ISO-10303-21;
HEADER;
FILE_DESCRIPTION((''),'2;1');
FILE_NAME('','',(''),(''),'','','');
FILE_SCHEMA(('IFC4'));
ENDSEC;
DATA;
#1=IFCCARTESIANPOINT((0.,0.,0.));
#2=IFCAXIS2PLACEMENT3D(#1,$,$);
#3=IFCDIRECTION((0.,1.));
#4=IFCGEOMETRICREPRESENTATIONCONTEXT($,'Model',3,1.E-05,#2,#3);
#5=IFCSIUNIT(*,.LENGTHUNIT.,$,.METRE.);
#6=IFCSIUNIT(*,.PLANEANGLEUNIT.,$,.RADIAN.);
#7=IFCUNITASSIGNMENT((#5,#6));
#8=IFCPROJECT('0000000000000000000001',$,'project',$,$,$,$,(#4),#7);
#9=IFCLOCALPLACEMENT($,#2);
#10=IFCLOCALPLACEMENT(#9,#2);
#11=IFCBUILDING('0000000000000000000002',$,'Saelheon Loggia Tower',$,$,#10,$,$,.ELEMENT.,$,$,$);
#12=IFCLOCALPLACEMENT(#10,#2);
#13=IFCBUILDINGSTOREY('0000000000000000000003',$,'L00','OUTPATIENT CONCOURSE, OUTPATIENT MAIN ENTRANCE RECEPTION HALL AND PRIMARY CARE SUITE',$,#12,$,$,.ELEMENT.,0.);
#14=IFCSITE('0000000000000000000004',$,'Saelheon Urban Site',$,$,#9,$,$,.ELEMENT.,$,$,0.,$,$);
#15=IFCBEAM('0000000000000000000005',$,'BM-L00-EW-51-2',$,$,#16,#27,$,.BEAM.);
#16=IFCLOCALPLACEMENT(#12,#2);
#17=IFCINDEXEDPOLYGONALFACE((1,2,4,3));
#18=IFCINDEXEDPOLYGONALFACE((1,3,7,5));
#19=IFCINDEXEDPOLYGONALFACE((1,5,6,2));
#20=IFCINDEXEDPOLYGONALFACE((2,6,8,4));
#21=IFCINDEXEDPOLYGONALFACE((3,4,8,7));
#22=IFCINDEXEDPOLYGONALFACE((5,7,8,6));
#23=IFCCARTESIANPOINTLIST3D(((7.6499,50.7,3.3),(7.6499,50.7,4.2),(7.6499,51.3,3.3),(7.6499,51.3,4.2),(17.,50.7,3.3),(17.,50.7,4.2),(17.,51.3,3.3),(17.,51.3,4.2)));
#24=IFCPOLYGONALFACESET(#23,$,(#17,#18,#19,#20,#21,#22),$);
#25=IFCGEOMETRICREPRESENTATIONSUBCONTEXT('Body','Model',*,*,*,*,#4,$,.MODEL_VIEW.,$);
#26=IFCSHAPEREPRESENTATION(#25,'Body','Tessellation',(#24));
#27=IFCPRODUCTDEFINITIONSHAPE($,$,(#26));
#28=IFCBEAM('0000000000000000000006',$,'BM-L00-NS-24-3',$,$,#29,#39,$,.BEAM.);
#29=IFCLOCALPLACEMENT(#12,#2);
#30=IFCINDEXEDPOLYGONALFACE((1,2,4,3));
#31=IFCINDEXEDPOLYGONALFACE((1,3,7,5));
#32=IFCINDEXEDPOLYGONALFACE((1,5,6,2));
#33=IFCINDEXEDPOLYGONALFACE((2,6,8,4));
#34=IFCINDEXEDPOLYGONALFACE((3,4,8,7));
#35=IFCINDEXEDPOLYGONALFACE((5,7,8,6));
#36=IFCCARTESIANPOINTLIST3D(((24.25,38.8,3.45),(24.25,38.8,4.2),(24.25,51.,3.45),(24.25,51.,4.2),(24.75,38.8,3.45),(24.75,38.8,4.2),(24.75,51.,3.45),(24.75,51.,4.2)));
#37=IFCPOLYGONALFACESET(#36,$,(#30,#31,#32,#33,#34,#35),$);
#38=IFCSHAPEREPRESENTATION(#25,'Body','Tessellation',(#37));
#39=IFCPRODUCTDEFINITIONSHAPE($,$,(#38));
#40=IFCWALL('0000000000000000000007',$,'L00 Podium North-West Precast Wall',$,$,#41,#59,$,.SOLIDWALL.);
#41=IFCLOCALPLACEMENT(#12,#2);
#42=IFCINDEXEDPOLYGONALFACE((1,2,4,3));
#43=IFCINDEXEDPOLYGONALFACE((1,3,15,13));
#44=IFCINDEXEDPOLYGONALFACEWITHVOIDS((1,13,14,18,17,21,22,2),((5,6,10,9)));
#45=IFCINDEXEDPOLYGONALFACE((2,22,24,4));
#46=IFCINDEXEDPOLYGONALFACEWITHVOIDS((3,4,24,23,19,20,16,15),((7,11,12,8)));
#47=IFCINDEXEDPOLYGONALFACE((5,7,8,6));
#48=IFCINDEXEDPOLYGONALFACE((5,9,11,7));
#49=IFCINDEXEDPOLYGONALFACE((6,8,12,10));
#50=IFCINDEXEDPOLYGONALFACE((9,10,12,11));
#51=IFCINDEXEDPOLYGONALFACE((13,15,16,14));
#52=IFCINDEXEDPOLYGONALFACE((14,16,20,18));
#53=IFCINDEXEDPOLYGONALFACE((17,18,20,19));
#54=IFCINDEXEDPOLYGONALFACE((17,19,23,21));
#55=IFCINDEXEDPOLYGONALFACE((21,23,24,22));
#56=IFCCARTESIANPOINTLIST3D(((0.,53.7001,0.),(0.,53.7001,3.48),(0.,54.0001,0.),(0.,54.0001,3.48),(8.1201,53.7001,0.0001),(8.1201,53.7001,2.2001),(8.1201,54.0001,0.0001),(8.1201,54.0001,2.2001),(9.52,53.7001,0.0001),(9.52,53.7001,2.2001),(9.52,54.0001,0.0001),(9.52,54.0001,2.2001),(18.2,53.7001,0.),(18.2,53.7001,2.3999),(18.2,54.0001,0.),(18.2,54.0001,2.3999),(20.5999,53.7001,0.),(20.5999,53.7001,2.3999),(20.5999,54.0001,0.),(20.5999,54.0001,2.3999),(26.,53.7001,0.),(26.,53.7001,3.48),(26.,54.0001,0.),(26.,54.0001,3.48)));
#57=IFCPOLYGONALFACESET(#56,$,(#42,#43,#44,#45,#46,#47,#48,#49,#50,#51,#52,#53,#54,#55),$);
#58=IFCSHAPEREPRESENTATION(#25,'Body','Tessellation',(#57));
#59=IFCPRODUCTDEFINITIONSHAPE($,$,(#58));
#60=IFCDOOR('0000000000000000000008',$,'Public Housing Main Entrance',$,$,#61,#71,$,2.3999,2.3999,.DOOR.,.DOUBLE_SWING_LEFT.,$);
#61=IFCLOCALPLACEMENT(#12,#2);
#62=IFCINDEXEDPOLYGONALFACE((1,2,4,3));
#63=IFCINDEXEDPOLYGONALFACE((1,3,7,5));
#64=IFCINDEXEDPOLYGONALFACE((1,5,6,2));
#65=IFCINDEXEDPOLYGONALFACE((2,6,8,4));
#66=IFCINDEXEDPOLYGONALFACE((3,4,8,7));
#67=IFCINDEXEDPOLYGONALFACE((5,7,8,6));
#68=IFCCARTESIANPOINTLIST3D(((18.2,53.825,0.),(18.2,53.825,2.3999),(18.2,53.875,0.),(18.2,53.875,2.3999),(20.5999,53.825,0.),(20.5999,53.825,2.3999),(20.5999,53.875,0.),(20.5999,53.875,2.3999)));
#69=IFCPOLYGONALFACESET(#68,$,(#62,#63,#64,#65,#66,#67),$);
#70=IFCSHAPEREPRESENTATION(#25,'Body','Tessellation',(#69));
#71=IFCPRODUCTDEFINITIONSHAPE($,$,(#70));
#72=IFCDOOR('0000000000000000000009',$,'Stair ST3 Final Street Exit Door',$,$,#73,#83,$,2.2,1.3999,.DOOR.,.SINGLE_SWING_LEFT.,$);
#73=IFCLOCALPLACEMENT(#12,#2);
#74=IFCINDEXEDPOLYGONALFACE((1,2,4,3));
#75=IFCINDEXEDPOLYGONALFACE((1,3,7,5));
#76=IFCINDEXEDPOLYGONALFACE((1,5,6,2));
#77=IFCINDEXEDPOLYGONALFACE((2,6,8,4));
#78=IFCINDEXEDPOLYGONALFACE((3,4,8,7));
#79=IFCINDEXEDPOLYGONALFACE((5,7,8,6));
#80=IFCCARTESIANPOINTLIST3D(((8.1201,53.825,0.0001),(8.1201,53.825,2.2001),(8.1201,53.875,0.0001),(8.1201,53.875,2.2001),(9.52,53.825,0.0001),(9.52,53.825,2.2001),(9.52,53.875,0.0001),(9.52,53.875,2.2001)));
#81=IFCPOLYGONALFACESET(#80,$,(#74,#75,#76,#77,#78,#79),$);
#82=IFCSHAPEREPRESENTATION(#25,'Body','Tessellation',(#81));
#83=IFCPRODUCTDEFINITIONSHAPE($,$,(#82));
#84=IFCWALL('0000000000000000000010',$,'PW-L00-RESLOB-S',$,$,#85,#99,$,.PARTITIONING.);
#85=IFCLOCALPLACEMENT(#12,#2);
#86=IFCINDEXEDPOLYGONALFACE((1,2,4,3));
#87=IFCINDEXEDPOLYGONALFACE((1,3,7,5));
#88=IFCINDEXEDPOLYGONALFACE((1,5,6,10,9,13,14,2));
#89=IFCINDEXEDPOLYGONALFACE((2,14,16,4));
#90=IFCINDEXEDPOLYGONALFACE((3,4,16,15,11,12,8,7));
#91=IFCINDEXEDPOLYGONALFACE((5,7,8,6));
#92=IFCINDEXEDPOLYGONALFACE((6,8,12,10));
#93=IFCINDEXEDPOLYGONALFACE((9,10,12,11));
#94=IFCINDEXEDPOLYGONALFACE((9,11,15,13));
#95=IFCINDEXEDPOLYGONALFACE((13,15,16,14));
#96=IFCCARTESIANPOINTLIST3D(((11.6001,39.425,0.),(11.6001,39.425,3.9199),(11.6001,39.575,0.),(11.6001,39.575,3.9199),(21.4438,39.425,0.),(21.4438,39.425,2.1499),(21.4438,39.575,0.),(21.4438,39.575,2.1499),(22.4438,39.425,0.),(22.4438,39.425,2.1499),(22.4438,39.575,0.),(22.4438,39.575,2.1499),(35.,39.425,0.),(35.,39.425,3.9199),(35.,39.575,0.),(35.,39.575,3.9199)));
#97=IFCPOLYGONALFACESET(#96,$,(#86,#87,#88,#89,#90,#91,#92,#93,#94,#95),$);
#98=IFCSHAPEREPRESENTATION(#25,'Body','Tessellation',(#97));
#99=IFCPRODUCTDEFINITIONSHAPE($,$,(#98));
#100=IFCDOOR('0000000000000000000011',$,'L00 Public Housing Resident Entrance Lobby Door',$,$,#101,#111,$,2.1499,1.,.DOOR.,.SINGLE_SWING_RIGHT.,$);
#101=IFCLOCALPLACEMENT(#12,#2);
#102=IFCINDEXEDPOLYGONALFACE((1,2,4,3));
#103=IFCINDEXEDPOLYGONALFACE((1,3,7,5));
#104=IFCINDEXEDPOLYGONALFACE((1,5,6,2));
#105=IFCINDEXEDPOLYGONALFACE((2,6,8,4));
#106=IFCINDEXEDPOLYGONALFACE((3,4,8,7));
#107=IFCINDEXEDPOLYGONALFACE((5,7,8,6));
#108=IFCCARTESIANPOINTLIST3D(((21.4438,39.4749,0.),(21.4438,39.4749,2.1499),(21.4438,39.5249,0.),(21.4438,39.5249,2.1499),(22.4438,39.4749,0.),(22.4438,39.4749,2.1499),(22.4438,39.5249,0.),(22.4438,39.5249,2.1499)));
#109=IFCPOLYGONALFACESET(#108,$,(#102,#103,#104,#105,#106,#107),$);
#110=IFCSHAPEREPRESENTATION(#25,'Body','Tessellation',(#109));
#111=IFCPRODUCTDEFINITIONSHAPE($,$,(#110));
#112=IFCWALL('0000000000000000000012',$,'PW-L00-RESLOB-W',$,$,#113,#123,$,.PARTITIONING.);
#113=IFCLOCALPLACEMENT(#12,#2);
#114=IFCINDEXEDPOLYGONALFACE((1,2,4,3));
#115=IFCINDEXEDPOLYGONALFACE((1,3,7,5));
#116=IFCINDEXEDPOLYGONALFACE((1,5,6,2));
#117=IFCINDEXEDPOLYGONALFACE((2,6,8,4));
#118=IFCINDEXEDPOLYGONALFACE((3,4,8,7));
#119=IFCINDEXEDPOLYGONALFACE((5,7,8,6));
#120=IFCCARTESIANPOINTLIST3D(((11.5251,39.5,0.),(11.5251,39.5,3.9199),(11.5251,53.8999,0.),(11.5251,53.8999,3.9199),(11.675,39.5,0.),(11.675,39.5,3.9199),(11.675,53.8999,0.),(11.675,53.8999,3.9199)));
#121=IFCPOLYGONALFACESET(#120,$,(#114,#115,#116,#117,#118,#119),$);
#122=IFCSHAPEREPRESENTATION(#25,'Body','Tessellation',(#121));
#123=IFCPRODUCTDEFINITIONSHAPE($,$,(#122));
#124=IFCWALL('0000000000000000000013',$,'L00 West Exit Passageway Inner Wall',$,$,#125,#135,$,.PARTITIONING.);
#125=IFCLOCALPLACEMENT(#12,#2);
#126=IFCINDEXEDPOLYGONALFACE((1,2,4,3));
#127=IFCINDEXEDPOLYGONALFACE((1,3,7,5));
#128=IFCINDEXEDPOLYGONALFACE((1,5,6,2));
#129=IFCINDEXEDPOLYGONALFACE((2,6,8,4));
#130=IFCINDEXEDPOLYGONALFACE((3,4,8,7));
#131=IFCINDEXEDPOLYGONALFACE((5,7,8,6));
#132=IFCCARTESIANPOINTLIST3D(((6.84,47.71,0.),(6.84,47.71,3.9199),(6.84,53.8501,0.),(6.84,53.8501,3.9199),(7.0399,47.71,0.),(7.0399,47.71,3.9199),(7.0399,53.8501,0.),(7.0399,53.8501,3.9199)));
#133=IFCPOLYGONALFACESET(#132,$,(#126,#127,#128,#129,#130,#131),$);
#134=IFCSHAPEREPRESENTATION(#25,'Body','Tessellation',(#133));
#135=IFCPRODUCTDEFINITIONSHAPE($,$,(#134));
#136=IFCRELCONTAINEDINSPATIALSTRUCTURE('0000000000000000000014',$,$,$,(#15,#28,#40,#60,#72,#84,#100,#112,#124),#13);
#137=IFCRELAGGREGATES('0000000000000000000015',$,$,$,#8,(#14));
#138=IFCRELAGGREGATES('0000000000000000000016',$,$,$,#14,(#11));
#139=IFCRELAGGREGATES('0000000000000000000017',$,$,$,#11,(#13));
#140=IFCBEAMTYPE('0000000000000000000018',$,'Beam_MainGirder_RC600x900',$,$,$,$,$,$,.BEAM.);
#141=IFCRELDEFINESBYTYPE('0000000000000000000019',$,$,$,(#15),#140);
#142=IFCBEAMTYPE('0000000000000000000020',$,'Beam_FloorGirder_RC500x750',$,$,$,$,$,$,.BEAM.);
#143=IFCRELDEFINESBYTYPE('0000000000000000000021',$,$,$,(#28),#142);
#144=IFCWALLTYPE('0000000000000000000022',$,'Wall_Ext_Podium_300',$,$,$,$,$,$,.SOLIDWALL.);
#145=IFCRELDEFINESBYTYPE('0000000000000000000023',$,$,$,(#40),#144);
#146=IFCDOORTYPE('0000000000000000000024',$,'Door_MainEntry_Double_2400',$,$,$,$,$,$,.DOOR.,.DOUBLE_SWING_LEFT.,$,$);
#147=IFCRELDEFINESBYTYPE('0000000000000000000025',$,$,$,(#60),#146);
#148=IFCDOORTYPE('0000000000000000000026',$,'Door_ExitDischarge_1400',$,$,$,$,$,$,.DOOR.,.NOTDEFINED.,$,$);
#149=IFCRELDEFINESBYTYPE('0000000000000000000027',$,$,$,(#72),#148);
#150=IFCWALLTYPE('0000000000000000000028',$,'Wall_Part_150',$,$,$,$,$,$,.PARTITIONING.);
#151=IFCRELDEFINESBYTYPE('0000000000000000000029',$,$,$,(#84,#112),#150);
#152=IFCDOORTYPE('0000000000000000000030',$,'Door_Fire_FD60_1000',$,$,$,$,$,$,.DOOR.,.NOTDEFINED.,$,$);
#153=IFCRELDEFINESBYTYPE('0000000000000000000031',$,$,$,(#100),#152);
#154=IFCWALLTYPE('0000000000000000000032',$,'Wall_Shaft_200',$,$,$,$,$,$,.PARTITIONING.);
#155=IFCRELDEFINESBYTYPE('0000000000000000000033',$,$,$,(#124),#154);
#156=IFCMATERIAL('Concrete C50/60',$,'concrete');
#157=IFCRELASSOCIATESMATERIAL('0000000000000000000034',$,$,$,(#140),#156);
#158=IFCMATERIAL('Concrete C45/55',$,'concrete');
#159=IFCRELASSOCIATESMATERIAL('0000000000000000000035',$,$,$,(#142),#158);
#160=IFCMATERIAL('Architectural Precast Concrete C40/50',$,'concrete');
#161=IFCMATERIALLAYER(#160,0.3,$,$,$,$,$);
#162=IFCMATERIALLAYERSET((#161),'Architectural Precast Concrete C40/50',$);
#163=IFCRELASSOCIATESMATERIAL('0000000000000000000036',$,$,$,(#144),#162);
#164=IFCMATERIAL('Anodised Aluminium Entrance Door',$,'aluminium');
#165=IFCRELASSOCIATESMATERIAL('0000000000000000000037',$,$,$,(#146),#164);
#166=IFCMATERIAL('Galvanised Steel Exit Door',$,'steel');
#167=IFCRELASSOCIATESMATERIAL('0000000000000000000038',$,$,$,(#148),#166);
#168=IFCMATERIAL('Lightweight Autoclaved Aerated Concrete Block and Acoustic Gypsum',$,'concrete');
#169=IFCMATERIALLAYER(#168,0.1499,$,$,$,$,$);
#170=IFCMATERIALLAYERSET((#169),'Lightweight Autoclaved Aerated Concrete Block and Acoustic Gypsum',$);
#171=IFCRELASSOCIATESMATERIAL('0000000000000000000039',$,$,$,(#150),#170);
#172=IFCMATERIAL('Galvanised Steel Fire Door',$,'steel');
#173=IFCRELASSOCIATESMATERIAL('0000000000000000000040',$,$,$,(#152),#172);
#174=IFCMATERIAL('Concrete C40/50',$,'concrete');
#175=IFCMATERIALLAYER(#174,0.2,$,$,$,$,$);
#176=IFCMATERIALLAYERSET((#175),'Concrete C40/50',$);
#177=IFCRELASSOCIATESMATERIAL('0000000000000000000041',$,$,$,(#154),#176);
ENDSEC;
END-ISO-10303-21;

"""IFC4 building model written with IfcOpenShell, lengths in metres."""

from ifc_helpers import new_model, si_unit, direction, frame, frame_2d, origin, origin_2d, place, context, subcontext, project, spatial, rectangle, extrude, source, transform, mapped, material, layer, layer_set, material_profile, profile_set, type_object, element, fill, save


model = new_model("IFC4")

# Units and contexts
model_context = context("Model", 3, precision=1e-05, world=origin(), true_north=direction((0.0, 1.0)))
body_context = subcontext(model_context, "Body", "Model", "MODEL_VIEW")
ifc_project = project(units=[si_unit("LENGTHUNIT", "METRE"), si_unit("PLANEANGLEUNIT", "RADIAN")], contexts=[model_context])

# Site, building, storey
site_placement = place(None, origin())
site = spatial("IfcSite", under=ifc_project, at=site_placement, Name="Saelheon Urban Site", CompositionType="ELEMENT", RefElevation=0.0)
building_placement = place(site_placement, origin())
building = spatial("IfcBuilding", under=site, at=building_placement, Name="Saelheon Loggia Tower", CompositionType="ELEMENT")
storey_placement = place(building_placement, origin())
storey = spatial("IfcBuildingStorey", under=building, at=storey_placement, Name="L00", Description="OUTPATIENT CONCOURSE, OUTPATIENT MAIN ENTRANCE RECEPTION HALL AND PRIMARY CARE SUITE", CompositionType="ELEMENT", Elevation=0.0)

# Shared definitions
ifc_material_1 = material(Name="Concrete C50/60", Category="concrete")
ifc_material_2 = material(Name="Concrete C45/55", Category="concrete")

# Beams
ifc_material_profile_1 = material_profile(ifc_material_1, rectangle(XDim=0.6001, YDim=0.8999, at=origin_2d()), Name="RC-600x900")
ifc_profile_set_1 = profile_set([ifc_material_profile_1], Name="Concrete C50/60")
beam_type_1 = type_object("IfcBeamType", Name="Beam_MainGirder_RC600x900", PredefinedType="BEAM", material=ifc_profile_set_1)
shared_shape_1 = source(origin(), body_context, "Body", "SweptSolid", [
    extrude(rectangle(XDim=0.6001, YDim=0.8999, at=origin_2d()), origin(), (0.0, 0.0, 1.0), 9.3501),
])
beam_1_placement = place(storey_placement, frame((7.6499, 51.0, 3.75), z_axis=(1.0, 0.0, 0.0), x_axis=(0.0, 1.0, 0.0)))
element("IfcBeam", 1, at=beam_1_placement, inside=storey, type_object=beam_type_1, Name="BM-L00-EW-51-2", PredefinedType="BEAM", context=body_context, shape_type="MappedRepresentation", body=[
    mapped(shared_shape_1, transform((0.0, 0.0, 0.0), scale=1.0)),
])
ifc_material_profile_2 = material_profile(ifc_material_2, rectangle(XDim=0.5, YDim=0.75, at=origin_2d()), Name="RC-500x750")
ifc_profile_set_2 = profile_set([ifc_material_profile_2], Name="Concrete C45/55")
beam_type_2 = type_object("IfcBeamType", Name="Beam_FloorGirder_RC500x750", PredefinedType="BEAM", material=ifc_profile_set_2)
shared_shape_2 = source(origin(), body_context, "Body", "SweptSolid", [
    extrude(rectangle(XDim=0.5, YDim=0.75, at=origin_2d()), origin(), (0.0, 0.0, 1.0), 12.2),
])
beam_2_placement = place(storey_placement, frame((24.5, 38.8, 3.825), z_axis=(0.0, 1.0, 0.0), x_axis=(-1.0, 0.0, 0.0)))
element("IfcBeam", 2, at=beam_2_placement, inside=storey, type_object=beam_type_2, Name="BM-L00-NS-24-3", PredefinedType="BEAM", context=body_context, shape_type="MappedRepresentation", body=[
    mapped(shared_shape_2, transform((0.0, 0.0, 0.0), scale=1.0)),
])

# Wall, openings, doors
ifc_material_3 = material(Name="Architectural Precast Concrete C40/50", Category="concrete")
ifc_layer_1 = layer(ifc_material_3, 0.3)
ifc_layer_set_1 = layer_set([ifc_layer_1], Name="Architectural Precast Concrete C40/50")
wall_type_1 = type_object("IfcWallType", Name="Wall_Ext_Podium_300", PredefinedType="SOLIDWALL", material=ifc_layer_set_1)
wall_1_placement = place(storey_placement, frame((0.0, 53.8501, 0.0), z_axis=(0.0, 0.0, 1.0), x_axis=(1.0, 0.0, 0.0)))
wall_1 = element("IfcWall", 3, at=wall_1_placement, inside=storey, type_object=wall_type_1, Name="L00 Podium North-West Precast Wall", PredefinedType="SOLIDWALL", context=body_context, shape_type="SweptSolid", body=[
    extrude(rectangle(XDim=26.0, YDim=0.3, at=frame_2d((13.0, 0.0))), origin(), (0.0, 0.0, 1.0), 3.48),
])
opening_1_placement = place(wall_1_placement, frame((18.2, 0.0, 0.0)))
opening_1 = element("IfcOpeningElement", 4, at=opening_1_placement, cuts=wall_1, PredefinedType="OPENING", context=body_context, shape_type="SweptSolid", body=[
    extrude(rectangle(XDim=2.3999, YDim=2.3999, at=frame_2d((1.2, 1.2))), frame((0.0, 0.1621, 0.0), z_axis=(0.0, -1.0, 0.0), x_axis=(1.0, 0.0, 0.0)), (0.0, 0.0, 1.0), 0.324),
])
opening_2_placement = place(wall_1_placement, frame((8.1201, 0.0, 0.0)))
opening_2 = element("IfcOpeningElement", 5, at=opening_2_placement, cuts=wall_1, PredefinedType="OPENING", context=body_context, shape_type="SweptSolid", body=[
    extrude(rectangle(XDim=1.3999, YDim=2.2, at=frame_2d((0.7, 1.1001))), frame((0.0, 0.1621, 0.0), z_axis=(0.0, -1.0, 0.0), x_axis=(1.0, 0.0, 0.0)), (0.0, 0.0, 1.0), 0.324),
])
ifc_material_4 = material(Name="Anodised Aluminium Entrance Door", Category="aluminium")
door_type_1 = type_object("IfcDoorType", Name="Door_MainEntry_Double_2400", OperationType="DOUBLE_SWING_LEFT", PredefinedType="DOOR", material=ifc_material_4)
shared_shape_3 = source(origin(), body_context, "Body", "SweptSolid", [
    extrude(rectangle(XDim=2.3999, YDim=2.3999, at=frame_2d((1.2, 1.2))), frame((0.0, 0.0249, 0.0), z_axis=(0.0, -1.0, 0.0), x_axis=(1.0, 0.0, 0.0)), (0.0, 0.0, 1.0), 0.05),
])
door_1_placement = place(opening_1_placement, origin())
door_1 = element("IfcDoor", 6, at=door_1_placement, inside=storey, type_object=door_type_1, Name="Public Housing Main Entrance", OperationType="DOUBLE_SWING_LEFT", OverallHeight=2.3999, OverallWidth=2.3999, PredefinedType="DOOR", context=body_context, shape_type="MappedRepresentation", body=[
    mapped(shared_shape_3, transform((0.0, 0.0, 0.0), scale=1.0)),
])
fill(opening_1, door_1)
ifc_material_5 = material(Name="Galvanised Steel Exit Door", Category="steel")
door_type_2 = type_object("IfcDoorType", Name="Door_ExitDischarge_1400", OperationType="NOTDEFINED", PredefinedType="DOOR", material=ifc_material_5)
shared_shape_4 = source(origin(), body_context, "Body", "SweptSolid", [
    extrude(rectangle(XDim=1.3999, YDim=2.2, at=frame_2d((0.7, 1.1001))), frame((0.0, 0.0249, 0.0), z_axis=(0.0, -1.0, 0.0), x_axis=(1.0, 0.0, 0.0)), (0.0, 0.0, 1.0), 0.05),
])
door_2_placement = place(opening_2_placement, origin())
door_2 = element("IfcDoor", 7, at=door_2_placement, inside=storey, type_object=door_type_2, Name="Stair ST3 Final Street Exit Door", OperationType="SINGLE_SWING_LEFT", OverallHeight=2.2, OverallWidth=1.3999, PredefinedType="DOOR", context=body_context, shape_type="MappedRepresentation", body=[
    mapped(shared_shape_4, transform((0.0, 0.0, 0.0), scale=1.0)),
])
fill(opening_2, door_2)

# Wall, opening, door
ifc_material_6 = material(Name="Lightweight Autoclaved Aerated Concrete Block and Acoustic Gypsum", Category="concrete")
ifc_layer_2 = layer(ifc_material_6, 0.1499)
ifc_layer_set_2 = layer_set([ifc_layer_2], Name="Lightweight Autoclaved Aerated Concrete Block and Acoustic Gypsum")
wall_type_2 = type_object("IfcWallType", Name="Wall_Part_150", PredefinedType="PARTITIONING", material=ifc_layer_set_2)
wall_2_placement = place(storey_placement, frame((11.6001, 39.5, 0.0), z_axis=(0.0, 0.0, 1.0), x_axis=(1.0, 0.0, 0.0)))
wall_2 = element("IfcWall", 8, at=wall_2_placement, inside=storey, type_object=wall_type_2, Name="PW-L00-RESLOB-S", PredefinedType="PARTITIONING", context=body_context, shape_type="SweptSolid", body=[
    extrude(rectangle(XDim=23.3999, YDim=0.1499, at=frame_2d((11.7, 0.0))), origin(), (0.0, 0.0, 1.0), 3.9199),
])
opening_3_placement = place(wall_2_placement, frame((9.8438, 0.0, 0.0)))
opening_3 = element("IfcOpeningElement", 9, at=opening_3_placement, cuts=wall_2, PredefinedType="OPENING", context=body_context, shape_type="SweptSolid", body=[
    extrude(rectangle(XDim=1.0, YDim=2.1499, at=frame_2d((0.5, 1.075))), frame((0.0, 0.0869, 0.0), z_axis=(0.0, -1.0, 0.0), x_axis=(1.0, 0.0, 0.0)), (0.0, 0.0, 1.0), 0.1738),
])
ifc_material_7 = material(Name="Galvanised Steel Fire Door", Category="steel")
door_type_3 = type_object("IfcDoorType", Name="Door_Fire_FD60_1000", OperationType="NOTDEFINED", PredefinedType="DOOR", material=ifc_material_7)
shared_shape_5 = source(origin(), body_context, "Body", "SweptSolid", [
    extrude(rectangle(XDim=1.0, YDim=2.1499, at=frame_2d((0.5, 1.075))), frame((0.0, 0.0249, 0.0), z_axis=(0.0, -1.0, 0.0), x_axis=(1.0, 0.0, 0.0)), (0.0, 0.0, 1.0), 0.05),
])
door_3_placement = place(opening_3_placement, origin())
door_3 = element("IfcDoor", 10, at=door_3_placement, inside=storey, type_object=door_type_3, Name="L00 Public Housing Resident Entrance Lobby Door", OperationType="SINGLE_SWING_RIGHT", OverallHeight=2.1499, OverallWidth=1.0, PredefinedType="DOOR", context=body_context, shape_type="MappedRepresentation", body=[
    mapped(shared_shape_5, transform((0.0, 0.0, 0.0), scale=1.0)),
])
fill(opening_3, door_3)

# Walls
wall_3_placement = place(storey_placement, frame((11.6001, 39.5, 0.0), z_axis=(0.0, 0.0, 1.0), x_axis=(0.0, 1.0, 0.0)))
element("IfcWall", 11, at=wall_3_placement, inside=storey, type_object=wall_type_2, Name="PW-L00-RESLOB-W", PredefinedType="PARTITIONING", context=body_context, shape_type="SweptSolid", body=[
    extrude(rectangle(XDim=14.3999, YDim=0.1499, at=frame_2d((7.2, 0.0))), origin(), (0.0, 0.0, 1.0), 3.9199),
])
ifc_material_8 = material(Name="Concrete C40/50", Category="concrete")
ifc_layer_3 = layer(ifc_material_8, 0.2)
ifc_layer_set_3 = layer_set([ifc_layer_3], Name="Concrete C40/50")
wall_type_3 = type_object("IfcWallType", Name="Wall_Shaft_200", PredefinedType="PARTITIONING", material=ifc_layer_set_3)
wall_4_placement = place(storey_placement, frame((6.9399, 47.71, 0.0), z_axis=(0.0, 0.0, 1.0), x_axis=(0.0, 1.0, 0.0)))
element("IfcWall", 12, at=wall_4_placement, inside=storey, type_object=wall_type_3, Name="L00 West Exit Passageway Inner Wall", PredefinedType="PARTITIONING", context=body_context, shape_type="SweptSolid", body=[
    extrude(rectangle(XDim=6.1401, YDim=0.2, at=frame_2d((3.0701, 0.0))), origin(), (0.0, 0.0, 1.0), 3.9199),
])

save(model, "model.ifc")
